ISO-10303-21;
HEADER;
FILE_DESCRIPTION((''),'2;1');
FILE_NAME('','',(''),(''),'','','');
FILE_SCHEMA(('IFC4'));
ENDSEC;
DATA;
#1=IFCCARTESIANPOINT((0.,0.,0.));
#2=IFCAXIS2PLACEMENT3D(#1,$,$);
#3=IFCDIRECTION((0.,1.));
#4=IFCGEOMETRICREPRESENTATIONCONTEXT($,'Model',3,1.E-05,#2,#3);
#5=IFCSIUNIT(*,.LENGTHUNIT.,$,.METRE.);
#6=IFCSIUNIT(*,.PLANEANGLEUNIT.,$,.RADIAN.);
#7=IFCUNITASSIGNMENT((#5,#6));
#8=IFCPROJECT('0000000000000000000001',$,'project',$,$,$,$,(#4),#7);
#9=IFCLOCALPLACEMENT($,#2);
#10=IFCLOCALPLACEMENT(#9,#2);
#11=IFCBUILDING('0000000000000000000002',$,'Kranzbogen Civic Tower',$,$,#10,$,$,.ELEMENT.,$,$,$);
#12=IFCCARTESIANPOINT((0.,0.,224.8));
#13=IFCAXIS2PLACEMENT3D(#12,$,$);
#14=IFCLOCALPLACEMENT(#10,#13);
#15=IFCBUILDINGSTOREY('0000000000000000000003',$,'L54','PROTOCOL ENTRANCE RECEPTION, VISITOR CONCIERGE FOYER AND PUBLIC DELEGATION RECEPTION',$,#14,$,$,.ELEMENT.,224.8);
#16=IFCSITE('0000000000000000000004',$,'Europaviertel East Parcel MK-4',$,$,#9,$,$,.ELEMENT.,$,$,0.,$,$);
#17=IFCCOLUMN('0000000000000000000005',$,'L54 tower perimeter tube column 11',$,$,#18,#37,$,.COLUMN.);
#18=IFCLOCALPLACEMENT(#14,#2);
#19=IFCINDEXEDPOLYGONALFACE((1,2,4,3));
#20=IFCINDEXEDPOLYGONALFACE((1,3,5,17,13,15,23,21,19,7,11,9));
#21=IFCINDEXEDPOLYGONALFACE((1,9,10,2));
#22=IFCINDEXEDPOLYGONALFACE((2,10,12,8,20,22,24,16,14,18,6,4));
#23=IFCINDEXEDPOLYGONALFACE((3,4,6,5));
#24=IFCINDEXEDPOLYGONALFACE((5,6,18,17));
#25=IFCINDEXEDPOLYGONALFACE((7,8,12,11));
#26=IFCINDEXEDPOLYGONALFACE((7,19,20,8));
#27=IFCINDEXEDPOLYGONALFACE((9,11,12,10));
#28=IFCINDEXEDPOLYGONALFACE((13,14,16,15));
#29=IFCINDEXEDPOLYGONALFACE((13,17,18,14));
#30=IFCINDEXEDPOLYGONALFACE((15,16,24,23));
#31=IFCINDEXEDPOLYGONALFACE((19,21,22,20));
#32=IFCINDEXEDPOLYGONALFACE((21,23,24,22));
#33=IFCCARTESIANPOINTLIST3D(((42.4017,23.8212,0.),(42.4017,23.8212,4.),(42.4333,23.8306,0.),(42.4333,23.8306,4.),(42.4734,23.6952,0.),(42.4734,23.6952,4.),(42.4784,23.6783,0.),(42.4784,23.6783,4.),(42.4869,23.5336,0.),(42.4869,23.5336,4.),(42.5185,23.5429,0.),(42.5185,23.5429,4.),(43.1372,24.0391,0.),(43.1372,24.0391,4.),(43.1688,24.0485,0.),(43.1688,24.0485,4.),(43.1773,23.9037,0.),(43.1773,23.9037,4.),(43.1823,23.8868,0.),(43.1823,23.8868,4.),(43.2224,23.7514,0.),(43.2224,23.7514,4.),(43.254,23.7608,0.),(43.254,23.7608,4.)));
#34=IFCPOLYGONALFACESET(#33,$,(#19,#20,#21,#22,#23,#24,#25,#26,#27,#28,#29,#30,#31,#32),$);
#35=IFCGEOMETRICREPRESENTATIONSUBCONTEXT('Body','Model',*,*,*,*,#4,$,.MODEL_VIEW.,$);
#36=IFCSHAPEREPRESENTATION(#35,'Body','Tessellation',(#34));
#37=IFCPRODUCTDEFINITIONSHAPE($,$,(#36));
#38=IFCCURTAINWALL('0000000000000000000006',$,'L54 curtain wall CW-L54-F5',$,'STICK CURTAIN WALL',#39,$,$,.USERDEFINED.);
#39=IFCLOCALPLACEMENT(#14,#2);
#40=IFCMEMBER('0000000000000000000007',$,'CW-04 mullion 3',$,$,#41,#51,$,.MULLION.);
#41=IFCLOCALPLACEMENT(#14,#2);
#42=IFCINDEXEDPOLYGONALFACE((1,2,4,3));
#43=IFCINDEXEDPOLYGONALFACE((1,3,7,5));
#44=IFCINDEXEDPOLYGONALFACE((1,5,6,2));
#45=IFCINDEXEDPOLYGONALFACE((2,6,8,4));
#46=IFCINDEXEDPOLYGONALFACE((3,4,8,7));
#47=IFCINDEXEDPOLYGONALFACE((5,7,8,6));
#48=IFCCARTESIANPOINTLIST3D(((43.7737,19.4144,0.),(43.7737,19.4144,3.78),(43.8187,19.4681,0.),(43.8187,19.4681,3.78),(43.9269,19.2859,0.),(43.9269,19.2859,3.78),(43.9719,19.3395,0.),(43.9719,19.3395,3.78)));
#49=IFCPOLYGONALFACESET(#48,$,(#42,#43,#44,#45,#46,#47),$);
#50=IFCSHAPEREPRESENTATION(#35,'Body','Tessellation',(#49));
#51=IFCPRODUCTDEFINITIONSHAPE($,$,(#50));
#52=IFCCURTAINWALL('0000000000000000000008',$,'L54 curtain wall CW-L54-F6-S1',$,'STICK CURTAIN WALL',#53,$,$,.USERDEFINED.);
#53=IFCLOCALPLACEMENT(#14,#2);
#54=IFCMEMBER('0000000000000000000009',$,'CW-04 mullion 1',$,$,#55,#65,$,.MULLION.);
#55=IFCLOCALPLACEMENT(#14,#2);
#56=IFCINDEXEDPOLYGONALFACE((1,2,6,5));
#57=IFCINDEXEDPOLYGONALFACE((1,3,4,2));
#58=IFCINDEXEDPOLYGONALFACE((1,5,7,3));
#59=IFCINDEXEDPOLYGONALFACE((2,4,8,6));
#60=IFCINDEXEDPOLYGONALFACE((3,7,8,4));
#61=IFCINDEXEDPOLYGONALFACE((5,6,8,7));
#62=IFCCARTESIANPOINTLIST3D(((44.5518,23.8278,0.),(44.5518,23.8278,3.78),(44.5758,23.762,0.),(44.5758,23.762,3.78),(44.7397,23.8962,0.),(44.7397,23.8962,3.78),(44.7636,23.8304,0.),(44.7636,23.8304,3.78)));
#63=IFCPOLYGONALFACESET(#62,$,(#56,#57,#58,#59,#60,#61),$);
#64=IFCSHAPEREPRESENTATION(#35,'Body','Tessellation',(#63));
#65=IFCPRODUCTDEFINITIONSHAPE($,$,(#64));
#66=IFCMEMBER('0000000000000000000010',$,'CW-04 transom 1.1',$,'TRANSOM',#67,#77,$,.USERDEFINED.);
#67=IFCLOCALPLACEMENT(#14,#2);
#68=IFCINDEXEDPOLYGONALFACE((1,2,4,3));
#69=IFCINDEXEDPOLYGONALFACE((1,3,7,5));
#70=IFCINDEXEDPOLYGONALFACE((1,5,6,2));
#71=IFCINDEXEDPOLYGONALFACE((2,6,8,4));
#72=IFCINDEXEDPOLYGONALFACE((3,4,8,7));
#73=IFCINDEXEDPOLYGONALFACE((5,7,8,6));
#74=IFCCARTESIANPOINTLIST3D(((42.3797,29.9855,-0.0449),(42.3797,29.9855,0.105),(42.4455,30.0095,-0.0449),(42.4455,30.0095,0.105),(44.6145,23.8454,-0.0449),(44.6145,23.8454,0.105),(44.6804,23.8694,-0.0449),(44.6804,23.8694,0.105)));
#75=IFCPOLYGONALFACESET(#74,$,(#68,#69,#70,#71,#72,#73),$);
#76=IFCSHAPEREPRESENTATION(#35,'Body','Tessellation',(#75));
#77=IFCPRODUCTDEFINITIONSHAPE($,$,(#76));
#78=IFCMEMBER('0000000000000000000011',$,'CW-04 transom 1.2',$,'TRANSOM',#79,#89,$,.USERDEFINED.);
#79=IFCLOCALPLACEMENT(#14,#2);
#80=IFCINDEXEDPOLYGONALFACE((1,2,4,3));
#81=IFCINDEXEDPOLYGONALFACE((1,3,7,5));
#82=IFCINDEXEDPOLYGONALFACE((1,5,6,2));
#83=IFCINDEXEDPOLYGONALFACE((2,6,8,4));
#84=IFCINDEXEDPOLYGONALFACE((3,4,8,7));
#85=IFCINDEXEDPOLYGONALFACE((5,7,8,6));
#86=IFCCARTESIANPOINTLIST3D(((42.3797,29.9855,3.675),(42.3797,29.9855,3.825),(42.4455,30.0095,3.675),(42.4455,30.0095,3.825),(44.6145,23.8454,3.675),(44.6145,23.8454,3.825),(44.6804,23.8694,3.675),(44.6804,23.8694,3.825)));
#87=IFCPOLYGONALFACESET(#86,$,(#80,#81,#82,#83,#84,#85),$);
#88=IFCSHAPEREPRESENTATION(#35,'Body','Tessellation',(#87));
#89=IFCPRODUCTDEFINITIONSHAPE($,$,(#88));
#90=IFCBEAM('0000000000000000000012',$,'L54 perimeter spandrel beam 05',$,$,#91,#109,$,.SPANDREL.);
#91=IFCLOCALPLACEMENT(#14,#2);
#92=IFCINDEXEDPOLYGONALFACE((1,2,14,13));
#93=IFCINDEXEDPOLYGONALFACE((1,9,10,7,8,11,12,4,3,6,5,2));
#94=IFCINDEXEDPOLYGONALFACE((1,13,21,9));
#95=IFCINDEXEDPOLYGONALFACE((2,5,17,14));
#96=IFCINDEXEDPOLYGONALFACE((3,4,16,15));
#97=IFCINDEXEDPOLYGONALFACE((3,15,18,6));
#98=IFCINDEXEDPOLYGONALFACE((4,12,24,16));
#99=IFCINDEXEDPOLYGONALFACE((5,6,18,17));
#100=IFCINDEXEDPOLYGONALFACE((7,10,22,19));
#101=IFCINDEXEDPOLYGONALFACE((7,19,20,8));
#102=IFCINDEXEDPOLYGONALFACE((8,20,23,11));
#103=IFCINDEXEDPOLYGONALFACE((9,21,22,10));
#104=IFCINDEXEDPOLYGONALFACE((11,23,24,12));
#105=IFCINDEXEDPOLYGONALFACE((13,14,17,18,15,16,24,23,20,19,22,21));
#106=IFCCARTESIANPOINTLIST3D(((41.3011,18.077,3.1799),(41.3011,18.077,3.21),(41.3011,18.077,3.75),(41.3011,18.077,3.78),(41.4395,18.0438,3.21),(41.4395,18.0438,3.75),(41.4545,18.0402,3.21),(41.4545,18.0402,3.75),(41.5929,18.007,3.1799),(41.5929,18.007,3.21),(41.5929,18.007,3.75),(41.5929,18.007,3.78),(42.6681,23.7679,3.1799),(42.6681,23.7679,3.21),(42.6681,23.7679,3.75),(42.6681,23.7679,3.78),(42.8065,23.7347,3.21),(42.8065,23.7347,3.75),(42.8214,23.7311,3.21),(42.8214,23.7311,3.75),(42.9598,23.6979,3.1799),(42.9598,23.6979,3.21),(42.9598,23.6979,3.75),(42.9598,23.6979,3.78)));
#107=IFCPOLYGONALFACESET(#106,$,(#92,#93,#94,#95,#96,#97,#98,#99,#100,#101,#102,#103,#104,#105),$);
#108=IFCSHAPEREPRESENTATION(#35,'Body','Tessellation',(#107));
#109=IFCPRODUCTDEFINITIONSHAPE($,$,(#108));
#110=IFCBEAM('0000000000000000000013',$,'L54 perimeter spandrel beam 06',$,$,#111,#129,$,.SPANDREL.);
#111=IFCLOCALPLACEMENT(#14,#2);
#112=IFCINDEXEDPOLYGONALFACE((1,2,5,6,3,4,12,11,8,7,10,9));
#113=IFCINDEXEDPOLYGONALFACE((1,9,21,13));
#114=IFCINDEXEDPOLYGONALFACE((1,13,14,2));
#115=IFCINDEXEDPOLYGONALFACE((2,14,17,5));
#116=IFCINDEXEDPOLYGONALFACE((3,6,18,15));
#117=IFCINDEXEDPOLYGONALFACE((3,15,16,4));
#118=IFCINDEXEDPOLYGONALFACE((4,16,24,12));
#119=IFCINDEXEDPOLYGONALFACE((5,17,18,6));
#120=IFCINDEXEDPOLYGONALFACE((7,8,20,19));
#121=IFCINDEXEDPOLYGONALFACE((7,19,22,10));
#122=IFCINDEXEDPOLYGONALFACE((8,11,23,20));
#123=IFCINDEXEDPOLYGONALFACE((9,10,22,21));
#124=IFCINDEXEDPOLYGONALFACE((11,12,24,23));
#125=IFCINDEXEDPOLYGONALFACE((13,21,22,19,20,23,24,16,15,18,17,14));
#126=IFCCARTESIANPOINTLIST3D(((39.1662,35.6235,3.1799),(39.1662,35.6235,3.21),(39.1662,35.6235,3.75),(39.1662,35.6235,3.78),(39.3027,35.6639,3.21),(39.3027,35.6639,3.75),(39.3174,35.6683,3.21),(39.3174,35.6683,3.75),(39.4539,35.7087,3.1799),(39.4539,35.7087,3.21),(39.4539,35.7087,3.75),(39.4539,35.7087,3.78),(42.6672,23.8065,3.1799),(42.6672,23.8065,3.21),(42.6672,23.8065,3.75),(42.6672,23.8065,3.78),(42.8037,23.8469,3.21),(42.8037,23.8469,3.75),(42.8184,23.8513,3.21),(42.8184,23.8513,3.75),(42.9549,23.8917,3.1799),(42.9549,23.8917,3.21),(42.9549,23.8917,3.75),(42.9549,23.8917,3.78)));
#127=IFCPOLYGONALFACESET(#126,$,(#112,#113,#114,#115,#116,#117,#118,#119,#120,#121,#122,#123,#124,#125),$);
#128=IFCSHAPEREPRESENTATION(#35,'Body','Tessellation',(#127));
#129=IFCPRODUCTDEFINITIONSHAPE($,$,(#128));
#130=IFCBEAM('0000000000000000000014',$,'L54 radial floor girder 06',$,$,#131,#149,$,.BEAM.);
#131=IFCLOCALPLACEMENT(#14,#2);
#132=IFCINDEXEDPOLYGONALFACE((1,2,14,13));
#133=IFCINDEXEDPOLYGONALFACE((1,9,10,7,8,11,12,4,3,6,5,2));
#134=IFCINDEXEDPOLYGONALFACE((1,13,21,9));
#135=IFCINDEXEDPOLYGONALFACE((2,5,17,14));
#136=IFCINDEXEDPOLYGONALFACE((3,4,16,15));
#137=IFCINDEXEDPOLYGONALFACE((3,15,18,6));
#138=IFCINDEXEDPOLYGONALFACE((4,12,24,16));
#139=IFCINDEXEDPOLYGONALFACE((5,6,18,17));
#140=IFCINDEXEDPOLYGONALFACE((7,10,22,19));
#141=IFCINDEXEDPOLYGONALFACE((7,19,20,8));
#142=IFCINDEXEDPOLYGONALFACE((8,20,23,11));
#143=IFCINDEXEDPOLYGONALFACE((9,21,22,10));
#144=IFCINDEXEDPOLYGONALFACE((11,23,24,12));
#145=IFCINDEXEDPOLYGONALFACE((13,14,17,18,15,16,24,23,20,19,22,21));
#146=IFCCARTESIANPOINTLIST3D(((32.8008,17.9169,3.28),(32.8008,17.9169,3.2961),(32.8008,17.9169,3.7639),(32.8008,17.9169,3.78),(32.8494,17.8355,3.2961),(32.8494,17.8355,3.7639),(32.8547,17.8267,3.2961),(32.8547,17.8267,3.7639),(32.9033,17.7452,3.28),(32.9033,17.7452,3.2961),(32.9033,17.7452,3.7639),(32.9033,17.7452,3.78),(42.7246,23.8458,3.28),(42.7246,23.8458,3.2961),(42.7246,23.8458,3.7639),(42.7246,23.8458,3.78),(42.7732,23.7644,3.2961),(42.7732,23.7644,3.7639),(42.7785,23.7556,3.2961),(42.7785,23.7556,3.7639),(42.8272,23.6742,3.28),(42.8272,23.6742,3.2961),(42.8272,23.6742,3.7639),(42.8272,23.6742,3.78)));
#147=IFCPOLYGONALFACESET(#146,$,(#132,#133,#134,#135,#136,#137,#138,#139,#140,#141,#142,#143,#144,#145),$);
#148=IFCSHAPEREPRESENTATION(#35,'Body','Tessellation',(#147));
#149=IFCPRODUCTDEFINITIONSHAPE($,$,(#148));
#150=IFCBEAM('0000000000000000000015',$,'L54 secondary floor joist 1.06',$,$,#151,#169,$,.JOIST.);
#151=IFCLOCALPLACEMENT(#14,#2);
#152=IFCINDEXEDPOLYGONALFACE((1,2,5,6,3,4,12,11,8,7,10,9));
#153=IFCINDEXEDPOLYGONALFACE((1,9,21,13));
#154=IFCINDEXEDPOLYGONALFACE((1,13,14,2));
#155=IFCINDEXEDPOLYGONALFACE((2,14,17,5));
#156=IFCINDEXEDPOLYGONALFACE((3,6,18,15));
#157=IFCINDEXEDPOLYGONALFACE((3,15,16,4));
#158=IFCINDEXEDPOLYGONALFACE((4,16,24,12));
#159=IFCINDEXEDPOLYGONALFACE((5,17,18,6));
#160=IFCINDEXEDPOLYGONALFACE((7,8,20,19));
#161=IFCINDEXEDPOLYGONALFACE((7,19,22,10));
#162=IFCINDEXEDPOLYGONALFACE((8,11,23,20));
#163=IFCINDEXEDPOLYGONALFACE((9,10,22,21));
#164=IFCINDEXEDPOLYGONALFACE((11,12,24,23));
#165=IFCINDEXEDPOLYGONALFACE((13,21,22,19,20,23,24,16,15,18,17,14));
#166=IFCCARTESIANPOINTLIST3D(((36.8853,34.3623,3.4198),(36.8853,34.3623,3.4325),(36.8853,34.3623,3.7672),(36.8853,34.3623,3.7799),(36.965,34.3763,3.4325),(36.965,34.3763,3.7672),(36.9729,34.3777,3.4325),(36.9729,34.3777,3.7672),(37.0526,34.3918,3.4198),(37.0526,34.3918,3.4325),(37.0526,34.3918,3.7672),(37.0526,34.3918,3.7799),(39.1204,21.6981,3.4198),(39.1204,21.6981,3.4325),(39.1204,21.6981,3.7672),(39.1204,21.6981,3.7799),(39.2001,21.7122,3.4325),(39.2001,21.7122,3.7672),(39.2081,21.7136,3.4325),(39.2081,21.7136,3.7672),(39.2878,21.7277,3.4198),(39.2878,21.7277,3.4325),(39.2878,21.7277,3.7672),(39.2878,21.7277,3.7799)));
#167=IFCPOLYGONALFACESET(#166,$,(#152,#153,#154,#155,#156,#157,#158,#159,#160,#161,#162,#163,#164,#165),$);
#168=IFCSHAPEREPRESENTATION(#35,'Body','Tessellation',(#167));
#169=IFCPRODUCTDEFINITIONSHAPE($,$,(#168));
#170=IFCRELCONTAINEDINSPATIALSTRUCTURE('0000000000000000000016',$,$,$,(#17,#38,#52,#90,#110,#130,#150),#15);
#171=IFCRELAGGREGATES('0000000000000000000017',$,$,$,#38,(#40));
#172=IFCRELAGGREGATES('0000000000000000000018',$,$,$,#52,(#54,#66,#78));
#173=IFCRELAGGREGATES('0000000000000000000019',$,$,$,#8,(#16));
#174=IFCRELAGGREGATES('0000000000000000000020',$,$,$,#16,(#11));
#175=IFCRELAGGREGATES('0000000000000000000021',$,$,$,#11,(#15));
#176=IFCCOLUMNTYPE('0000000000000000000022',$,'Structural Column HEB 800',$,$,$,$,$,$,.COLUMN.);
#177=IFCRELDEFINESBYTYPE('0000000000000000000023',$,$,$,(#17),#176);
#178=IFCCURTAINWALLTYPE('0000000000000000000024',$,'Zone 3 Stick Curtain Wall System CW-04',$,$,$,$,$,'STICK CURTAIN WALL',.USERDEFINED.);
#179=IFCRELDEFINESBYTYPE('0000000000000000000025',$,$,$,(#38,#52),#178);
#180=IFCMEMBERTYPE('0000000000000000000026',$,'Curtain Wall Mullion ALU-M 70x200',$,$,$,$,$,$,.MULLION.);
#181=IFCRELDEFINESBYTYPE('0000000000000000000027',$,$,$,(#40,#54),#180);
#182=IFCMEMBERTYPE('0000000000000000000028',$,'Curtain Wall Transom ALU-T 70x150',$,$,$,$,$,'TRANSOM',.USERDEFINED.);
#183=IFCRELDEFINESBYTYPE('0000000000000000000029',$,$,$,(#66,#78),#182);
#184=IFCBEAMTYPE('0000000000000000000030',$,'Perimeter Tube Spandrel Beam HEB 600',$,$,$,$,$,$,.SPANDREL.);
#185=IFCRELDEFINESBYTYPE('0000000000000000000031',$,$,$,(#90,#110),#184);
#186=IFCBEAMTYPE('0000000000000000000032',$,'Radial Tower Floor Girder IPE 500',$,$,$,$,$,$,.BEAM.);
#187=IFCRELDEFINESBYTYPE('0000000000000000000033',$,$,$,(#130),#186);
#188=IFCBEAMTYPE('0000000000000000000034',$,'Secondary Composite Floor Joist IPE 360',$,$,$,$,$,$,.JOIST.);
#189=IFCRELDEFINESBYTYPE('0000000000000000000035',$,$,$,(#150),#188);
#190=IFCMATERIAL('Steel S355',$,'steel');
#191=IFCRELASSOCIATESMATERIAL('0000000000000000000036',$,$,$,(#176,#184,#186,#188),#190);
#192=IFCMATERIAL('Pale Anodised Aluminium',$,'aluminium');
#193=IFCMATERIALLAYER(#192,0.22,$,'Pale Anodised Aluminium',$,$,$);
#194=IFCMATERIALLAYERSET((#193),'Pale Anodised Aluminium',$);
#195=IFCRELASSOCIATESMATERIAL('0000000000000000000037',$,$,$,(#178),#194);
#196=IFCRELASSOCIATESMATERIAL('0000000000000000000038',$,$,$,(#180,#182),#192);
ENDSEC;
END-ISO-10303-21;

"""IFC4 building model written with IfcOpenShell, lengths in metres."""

from ifc_helpers import new_model, si_unit, direction, frame, origin, origin_2d, place, context, subcontext, project, spatial, rectangle, i_section, extrude, material, layer, layer_set, material_profile, profile_set, type_object, element, aggregate, save


model = new_model("IFC4")

# Units and contexts
model_context = context("Model", 3, precision=1e-05, world=origin(), true_north=direction((0.0, 1.0)))
body_context = subcontext(model_context, "Body", "Model", "MODEL_VIEW")
ifc_project = project(units=[si_unit("LENGTHUNIT", "METRE"), si_unit("PLANEANGLEUNIT", "RADIAN")], contexts=[model_context])

# Site, building, storey
site_placement = place(None, origin())
site = spatial("IfcSite", under=ifc_project, at=site_placement, Name="Europaviertel East Parcel MK-4", CompositionType="ELEMENT", RefElevation=0.0)
building_placement = place(site_placement, origin())
building = spatial("IfcBuilding", under=site, at=building_placement, Name="Kranzbogen Civic Tower", CompositionType="ELEMENT")
storey_placement = place(building_placement, frame((0.0, 0.0, 224.8)))
storey = spatial("IfcBuildingStorey", under=building, at=storey_placement, Name="L54", Description="PROTOCOL ENTRANCE RECEPTION, VISITOR CONCIERGE FOYER AND PUBLIC DELEGATION RECEPTION", CompositionType="ELEMENT", Elevation=224.8)

# Column
ifc_material_1 = material(Name="Steel S355", Category="steel")
ifc_material_profile_1 = material_profile(ifc_material_1, i_section(OverallWidth=0.3, OverallDepth=0.8, WebThickness=0.0176, FlangeThickness=0.033, at=origin_2d()), Name="HEB 800")
ifc_profile_set_1 = profile_set([ifc_material_profile_1], Name="Steel S355")
column_type = type_object("IfcColumnType", Name="Structural Column HEB 800", PredefinedType="COLUMN", material=ifc_profile_set_1)
column_placement = place(storey_placement, frame((42.8279, 23.791, 0.0), z_axis=(0.0, 0.0, 1.0), x_axis=(-0.284015, 0.95882, 0.0)))
element("IfcColumn", 1, at=column_placement, inside=storey, type_object=column_type, Name="L54 tower perimeter tube column 11", PredefinedType="COLUMN", context=body_context, shape_type="SweptSolid", body=[
    extrude(i_section(OverallWidth=0.3, OverallDepth=0.8, WebThickness=0.0176, FlangeThickness=0.033, at=origin_2d()), origin(), (0.0, 0.0, 1.0), 4.0),
])

# Curtain wall, member
ifc_material_2 = material(Name="Pale Anodised Aluminium", Category="aluminium")
ifc_layer_1 = layer(ifc_material_2, 0.22, Name="Pale Anodised Aluminium")
ifc_layer_set_1 = layer_set([ifc_layer_1], Name="Pale Anodised Aluminium")
curtain_wall_type = type_object("IfcCurtainWallType", Name="Zone 3 Stick Curtain Wall System CW-04", ElementType="STICK CURTAIN WALL", PredefinedType="USERDEFINED", material=ifc_layer_set_1)
curtain_wall_1_placement = place(storey_placement, origin())
curtain_wall_1 = element("IfcCurtainWall", 2, at=curtain_wall_1_placement, inside=storey, type_object=curtain_wall_type, Name="L54 curtain wall CW-L54-F5", ObjectType="STICK CURTAIN WALL", PredefinedType="USERDEFINED")
ifc_material_profile_2 = material_profile(ifc_material_2, rectangle(XDim=0.0701, YDim=0.2, at=origin_2d()), Name="ALU-M 70x200")
ifc_profile_set_2 = profile_set([ifc_material_profile_2], Name="Pale Anodised Aluminium")
member_type_1 = type_object("IfcMemberType", Name="Curtain Wall Mullion ALU-M 70x200", PredefinedType="MULLION", material=ifc_profile_set_2)
member_1_placement = place(storey_placement, frame((43.8728, 19.377, 0.0), z_axis=(0.0, 0.0, 1.0), x_axis=(0.642755, 0.766072, 0.0)))
member_1 = element("IfcMember", 3, at=member_1_placement, type_object=member_type_1, Name="CW-04 mullion 3", PredefinedType="MULLION", context=body_context, shape_type="SweptSolid", body=[
    extrude(rectangle(XDim=0.0701, YDim=0.2, at=origin_2d()), origin(), (0.0, 0.0, 1.0), 3.78),
])
aggregate(curtain_wall_1, [member_1])

# Curtain wall, members
curtain_wall_2_placement = place(storey_placement, origin())
curtain_wall_2 = element("IfcCurtainWall", 4, at=curtain_wall_2_placement, inside=storey, type_object=curtain_wall_type, Name="L54 curtain wall CW-L54-F6-S1", ObjectType="STICK CURTAIN WALL", PredefinedType="USERDEFINED")
member_2_placement = place(storey_placement, frame((44.6577, 23.8291, 0.0), z_axis=(0.0, 0.0, 1.0), x_axis=(-0.342033, 0.939688, 0.0)))
member_2 = element("IfcMember", 5, at=member_2_placement, type_object=member_type_1, Name="CW-04 mullion 1", PredefinedType="MULLION", context=body_context, shape_type="SweptSolid", body=[
    extrude(rectangle(XDim=0.0701, YDim=0.2, at=origin_2d()), origin(), (0.0, 0.0, 1.0), 3.78),
])
ifc_material_profile_3 = material_profile(ifc_material_2, rectangle(XDim=0.0701, YDim=0.1499, at=origin_2d()), Name="ALU-T 70x150")
ifc_profile_set_3 = profile_set([ifc_material_profile_3], Name="Pale Anodised Aluminium")
member_type_2 = type_object("IfcMemberType", Name="Curtain Wall Transom ALU-T 70x150", ElementType="TRANSOM", PredefinedType="USERDEFINED", material=ifc_profile_set_3)
member_3_placement = place(storey_placement, frame((44.6475, 23.8574, 0.03), z_axis=(-0.342025, 0.939691, 0.0), x_axis=(-0.939691, -0.342025, 0.0)))
member_3 = element("IfcMember", 6, at=member_3_placement, type_object=member_type_2, Name="CW-04 transom 1.1", ObjectType="TRANSOM", PredefinedType="USERDEFINED", context=body_context, shape_type="SweptSolid", body=[
    extrude(rectangle(XDim=0.0701, YDim=0.1499, at=origin_2d()), origin(), (0.0, 0.0, 1.0), 6.5342),
])
member_4_placement = place(storey_placement, frame((44.6475, 23.8574, 3.75), z_axis=(-0.342025, 0.939691, 0.0), x_axis=(-0.939691, -0.342025, 0.0)))
member_4 = element("IfcMember", 7, at=member_4_placement, type_object=member_type_2, Name="CW-04 transom 1.2", ObjectType="TRANSOM", PredefinedType="USERDEFINED", context=body_context, shape_type="SweptSolid", body=[
    extrude(rectangle(XDim=0.0701, YDim=0.1499, at=origin_2d()), origin(), (0.0, 0.0, 1.0), 6.5342),
])
aggregate(curtain_wall_2, [member_2, member_3, member_4])

# Beams
ifc_material_profile_4 = material_profile(ifc_material_1, i_section(OverallWidth=0.3, OverallDepth=0.6001, WebThickness=0.0154, FlangeThickness=0.03, at=origin_2d()), Name="HEB 600")
ifc_profile_set_4 = profile_set([ifc_material_profile_4], Name="Steel S355")
beam_type_1 = type_object("IfcBeamType", Name="Perimeter Tube Spandrel Beam HEB 600", PredefinedType="SPANDREL", material=ifc_profile_set_4)
beam_1_placement = place(storey_placement, frame((41.447, 18.042, 3.48), z_axis=(0.233554, 0.972344, 0.0), x_axis=(-0.972344, 0.233554, 0.0)))
element("IfcBeam", 8, at=beam_1_placement, inside=storey, type_object=beam_type_1, Name="L54 perimeter spandrel beam 05", PredefinedType="SPANDREL", context=body_context, shape_type="SweptSolid", body=[
    extrude(i_section(OverallWidth=0.3, OverallDepth=0.6001, WebThickness=0.0154, FlangeThickness=0.03, at=origin_2d()), origin(), (0.0, 0.0, 1.0), 5.8528),
])
beam_2_placement = place(storey_placement, frame((42.811, 23.8491, 3.48), z_axis=(-0.284064, 0.958805, 0.0), x_axis=(-0.958805, -0.284064, 0.0)))
element("IfcBeam", 9, at=beam_2_placement, inside=storey, type_object=beam_type_1, Name="L54 perimeter spandrel beam 06", PredefinedType="SPANDREL", context=body_context, shape_type="SweptSolid", body=[
    extrude(i_section(OverallWidth=0.3, OverallDepth=0.6001, WebThickness=0.0154, FlangeThickness=0.03, at=origin_2d()), origin(), (0.0, 0.0, 1.0), 12.3247),
])
ifc_material_profile_5 = material_profile(ifc_material_1, i_section(OverallWidth=0.2, OverallDepth=0.5, WebThickness=0.0103, FlangeThickness=0.0161, at=origin_2d()), Name="IPE 500")
ifc_profile_set_5 = profile_set([ifc_material_profile_5], Name="Steel S355")
beam_type_2 = type_object("IfcBeamType", Name="Radial Tower Floor Girder IPE 500", PredefinedType="BEAM", material=ifc_profile_set_5)
beam_3_placement = place(storey_placement, frame((42.7759, 23.76, 3.53), z_axis=(-0.858459, -0.512883, 0.0), x_axis=(0.512883, -0.858459, 0.0)))
element("IfcBeam", 10, at=beam_3_placement, inside=storey, type_object=beam_type_2, Name="L54 radial floor girder 06", PredefinedType="BEAM", context=body_context, shape_type="SweptSolid", body=[
    extrude(i_section(OverallWidth=0.2, OverallDepth=0.5, WebThickness=0.0103, FlangeThickness=0.0161, at=origin_2d()), origin(), (0.0, 0.0, 1.0), 11.5601),
])
ifc_material_profile_6 = material_profile(ifc_material_1, i_section(OverallWidth=0.1699, OverallDepth=0.3601, WebThickness=0.0081, FlangeThickness=0.0127, at=origin_2d()), Name="IPE 360")
ifc_profile_set_6 = profile_set([ifc_material_profile_6], Name="Steel S355")
beam_type_3 = type_object("IfcBeamType", Name="Secondary Composite Floor Joist IPE 360", PredefinedType="JOIST", material=ifc_profile_set_6)
beam_4_placement = place(storey_placement, frame((39.2041, 21.7129, 3.5999), z_axis=(-0.173806, 0.98478, 0.0), x_axis=(-0.98478, -0.173806, 0.0)))
element("IfcBeam", 11, at=beam_4_placement, inside=storey, type_object=beam_type_3, Name="L54 secondary floor joist 1.06", PredefinedType="JOIST", context=body_context, shape_type="SweptSolid", body=[
    extrude(i_section(OverallWidth=0.1699, OverallDepth=0.3601, WebThickness=0.0081, FlangeThickness=0.0127, at=origin_2d()), origin(), (0.0, 0.0, 1.0), 12.8599),
])

save(model, "model.ifc")
